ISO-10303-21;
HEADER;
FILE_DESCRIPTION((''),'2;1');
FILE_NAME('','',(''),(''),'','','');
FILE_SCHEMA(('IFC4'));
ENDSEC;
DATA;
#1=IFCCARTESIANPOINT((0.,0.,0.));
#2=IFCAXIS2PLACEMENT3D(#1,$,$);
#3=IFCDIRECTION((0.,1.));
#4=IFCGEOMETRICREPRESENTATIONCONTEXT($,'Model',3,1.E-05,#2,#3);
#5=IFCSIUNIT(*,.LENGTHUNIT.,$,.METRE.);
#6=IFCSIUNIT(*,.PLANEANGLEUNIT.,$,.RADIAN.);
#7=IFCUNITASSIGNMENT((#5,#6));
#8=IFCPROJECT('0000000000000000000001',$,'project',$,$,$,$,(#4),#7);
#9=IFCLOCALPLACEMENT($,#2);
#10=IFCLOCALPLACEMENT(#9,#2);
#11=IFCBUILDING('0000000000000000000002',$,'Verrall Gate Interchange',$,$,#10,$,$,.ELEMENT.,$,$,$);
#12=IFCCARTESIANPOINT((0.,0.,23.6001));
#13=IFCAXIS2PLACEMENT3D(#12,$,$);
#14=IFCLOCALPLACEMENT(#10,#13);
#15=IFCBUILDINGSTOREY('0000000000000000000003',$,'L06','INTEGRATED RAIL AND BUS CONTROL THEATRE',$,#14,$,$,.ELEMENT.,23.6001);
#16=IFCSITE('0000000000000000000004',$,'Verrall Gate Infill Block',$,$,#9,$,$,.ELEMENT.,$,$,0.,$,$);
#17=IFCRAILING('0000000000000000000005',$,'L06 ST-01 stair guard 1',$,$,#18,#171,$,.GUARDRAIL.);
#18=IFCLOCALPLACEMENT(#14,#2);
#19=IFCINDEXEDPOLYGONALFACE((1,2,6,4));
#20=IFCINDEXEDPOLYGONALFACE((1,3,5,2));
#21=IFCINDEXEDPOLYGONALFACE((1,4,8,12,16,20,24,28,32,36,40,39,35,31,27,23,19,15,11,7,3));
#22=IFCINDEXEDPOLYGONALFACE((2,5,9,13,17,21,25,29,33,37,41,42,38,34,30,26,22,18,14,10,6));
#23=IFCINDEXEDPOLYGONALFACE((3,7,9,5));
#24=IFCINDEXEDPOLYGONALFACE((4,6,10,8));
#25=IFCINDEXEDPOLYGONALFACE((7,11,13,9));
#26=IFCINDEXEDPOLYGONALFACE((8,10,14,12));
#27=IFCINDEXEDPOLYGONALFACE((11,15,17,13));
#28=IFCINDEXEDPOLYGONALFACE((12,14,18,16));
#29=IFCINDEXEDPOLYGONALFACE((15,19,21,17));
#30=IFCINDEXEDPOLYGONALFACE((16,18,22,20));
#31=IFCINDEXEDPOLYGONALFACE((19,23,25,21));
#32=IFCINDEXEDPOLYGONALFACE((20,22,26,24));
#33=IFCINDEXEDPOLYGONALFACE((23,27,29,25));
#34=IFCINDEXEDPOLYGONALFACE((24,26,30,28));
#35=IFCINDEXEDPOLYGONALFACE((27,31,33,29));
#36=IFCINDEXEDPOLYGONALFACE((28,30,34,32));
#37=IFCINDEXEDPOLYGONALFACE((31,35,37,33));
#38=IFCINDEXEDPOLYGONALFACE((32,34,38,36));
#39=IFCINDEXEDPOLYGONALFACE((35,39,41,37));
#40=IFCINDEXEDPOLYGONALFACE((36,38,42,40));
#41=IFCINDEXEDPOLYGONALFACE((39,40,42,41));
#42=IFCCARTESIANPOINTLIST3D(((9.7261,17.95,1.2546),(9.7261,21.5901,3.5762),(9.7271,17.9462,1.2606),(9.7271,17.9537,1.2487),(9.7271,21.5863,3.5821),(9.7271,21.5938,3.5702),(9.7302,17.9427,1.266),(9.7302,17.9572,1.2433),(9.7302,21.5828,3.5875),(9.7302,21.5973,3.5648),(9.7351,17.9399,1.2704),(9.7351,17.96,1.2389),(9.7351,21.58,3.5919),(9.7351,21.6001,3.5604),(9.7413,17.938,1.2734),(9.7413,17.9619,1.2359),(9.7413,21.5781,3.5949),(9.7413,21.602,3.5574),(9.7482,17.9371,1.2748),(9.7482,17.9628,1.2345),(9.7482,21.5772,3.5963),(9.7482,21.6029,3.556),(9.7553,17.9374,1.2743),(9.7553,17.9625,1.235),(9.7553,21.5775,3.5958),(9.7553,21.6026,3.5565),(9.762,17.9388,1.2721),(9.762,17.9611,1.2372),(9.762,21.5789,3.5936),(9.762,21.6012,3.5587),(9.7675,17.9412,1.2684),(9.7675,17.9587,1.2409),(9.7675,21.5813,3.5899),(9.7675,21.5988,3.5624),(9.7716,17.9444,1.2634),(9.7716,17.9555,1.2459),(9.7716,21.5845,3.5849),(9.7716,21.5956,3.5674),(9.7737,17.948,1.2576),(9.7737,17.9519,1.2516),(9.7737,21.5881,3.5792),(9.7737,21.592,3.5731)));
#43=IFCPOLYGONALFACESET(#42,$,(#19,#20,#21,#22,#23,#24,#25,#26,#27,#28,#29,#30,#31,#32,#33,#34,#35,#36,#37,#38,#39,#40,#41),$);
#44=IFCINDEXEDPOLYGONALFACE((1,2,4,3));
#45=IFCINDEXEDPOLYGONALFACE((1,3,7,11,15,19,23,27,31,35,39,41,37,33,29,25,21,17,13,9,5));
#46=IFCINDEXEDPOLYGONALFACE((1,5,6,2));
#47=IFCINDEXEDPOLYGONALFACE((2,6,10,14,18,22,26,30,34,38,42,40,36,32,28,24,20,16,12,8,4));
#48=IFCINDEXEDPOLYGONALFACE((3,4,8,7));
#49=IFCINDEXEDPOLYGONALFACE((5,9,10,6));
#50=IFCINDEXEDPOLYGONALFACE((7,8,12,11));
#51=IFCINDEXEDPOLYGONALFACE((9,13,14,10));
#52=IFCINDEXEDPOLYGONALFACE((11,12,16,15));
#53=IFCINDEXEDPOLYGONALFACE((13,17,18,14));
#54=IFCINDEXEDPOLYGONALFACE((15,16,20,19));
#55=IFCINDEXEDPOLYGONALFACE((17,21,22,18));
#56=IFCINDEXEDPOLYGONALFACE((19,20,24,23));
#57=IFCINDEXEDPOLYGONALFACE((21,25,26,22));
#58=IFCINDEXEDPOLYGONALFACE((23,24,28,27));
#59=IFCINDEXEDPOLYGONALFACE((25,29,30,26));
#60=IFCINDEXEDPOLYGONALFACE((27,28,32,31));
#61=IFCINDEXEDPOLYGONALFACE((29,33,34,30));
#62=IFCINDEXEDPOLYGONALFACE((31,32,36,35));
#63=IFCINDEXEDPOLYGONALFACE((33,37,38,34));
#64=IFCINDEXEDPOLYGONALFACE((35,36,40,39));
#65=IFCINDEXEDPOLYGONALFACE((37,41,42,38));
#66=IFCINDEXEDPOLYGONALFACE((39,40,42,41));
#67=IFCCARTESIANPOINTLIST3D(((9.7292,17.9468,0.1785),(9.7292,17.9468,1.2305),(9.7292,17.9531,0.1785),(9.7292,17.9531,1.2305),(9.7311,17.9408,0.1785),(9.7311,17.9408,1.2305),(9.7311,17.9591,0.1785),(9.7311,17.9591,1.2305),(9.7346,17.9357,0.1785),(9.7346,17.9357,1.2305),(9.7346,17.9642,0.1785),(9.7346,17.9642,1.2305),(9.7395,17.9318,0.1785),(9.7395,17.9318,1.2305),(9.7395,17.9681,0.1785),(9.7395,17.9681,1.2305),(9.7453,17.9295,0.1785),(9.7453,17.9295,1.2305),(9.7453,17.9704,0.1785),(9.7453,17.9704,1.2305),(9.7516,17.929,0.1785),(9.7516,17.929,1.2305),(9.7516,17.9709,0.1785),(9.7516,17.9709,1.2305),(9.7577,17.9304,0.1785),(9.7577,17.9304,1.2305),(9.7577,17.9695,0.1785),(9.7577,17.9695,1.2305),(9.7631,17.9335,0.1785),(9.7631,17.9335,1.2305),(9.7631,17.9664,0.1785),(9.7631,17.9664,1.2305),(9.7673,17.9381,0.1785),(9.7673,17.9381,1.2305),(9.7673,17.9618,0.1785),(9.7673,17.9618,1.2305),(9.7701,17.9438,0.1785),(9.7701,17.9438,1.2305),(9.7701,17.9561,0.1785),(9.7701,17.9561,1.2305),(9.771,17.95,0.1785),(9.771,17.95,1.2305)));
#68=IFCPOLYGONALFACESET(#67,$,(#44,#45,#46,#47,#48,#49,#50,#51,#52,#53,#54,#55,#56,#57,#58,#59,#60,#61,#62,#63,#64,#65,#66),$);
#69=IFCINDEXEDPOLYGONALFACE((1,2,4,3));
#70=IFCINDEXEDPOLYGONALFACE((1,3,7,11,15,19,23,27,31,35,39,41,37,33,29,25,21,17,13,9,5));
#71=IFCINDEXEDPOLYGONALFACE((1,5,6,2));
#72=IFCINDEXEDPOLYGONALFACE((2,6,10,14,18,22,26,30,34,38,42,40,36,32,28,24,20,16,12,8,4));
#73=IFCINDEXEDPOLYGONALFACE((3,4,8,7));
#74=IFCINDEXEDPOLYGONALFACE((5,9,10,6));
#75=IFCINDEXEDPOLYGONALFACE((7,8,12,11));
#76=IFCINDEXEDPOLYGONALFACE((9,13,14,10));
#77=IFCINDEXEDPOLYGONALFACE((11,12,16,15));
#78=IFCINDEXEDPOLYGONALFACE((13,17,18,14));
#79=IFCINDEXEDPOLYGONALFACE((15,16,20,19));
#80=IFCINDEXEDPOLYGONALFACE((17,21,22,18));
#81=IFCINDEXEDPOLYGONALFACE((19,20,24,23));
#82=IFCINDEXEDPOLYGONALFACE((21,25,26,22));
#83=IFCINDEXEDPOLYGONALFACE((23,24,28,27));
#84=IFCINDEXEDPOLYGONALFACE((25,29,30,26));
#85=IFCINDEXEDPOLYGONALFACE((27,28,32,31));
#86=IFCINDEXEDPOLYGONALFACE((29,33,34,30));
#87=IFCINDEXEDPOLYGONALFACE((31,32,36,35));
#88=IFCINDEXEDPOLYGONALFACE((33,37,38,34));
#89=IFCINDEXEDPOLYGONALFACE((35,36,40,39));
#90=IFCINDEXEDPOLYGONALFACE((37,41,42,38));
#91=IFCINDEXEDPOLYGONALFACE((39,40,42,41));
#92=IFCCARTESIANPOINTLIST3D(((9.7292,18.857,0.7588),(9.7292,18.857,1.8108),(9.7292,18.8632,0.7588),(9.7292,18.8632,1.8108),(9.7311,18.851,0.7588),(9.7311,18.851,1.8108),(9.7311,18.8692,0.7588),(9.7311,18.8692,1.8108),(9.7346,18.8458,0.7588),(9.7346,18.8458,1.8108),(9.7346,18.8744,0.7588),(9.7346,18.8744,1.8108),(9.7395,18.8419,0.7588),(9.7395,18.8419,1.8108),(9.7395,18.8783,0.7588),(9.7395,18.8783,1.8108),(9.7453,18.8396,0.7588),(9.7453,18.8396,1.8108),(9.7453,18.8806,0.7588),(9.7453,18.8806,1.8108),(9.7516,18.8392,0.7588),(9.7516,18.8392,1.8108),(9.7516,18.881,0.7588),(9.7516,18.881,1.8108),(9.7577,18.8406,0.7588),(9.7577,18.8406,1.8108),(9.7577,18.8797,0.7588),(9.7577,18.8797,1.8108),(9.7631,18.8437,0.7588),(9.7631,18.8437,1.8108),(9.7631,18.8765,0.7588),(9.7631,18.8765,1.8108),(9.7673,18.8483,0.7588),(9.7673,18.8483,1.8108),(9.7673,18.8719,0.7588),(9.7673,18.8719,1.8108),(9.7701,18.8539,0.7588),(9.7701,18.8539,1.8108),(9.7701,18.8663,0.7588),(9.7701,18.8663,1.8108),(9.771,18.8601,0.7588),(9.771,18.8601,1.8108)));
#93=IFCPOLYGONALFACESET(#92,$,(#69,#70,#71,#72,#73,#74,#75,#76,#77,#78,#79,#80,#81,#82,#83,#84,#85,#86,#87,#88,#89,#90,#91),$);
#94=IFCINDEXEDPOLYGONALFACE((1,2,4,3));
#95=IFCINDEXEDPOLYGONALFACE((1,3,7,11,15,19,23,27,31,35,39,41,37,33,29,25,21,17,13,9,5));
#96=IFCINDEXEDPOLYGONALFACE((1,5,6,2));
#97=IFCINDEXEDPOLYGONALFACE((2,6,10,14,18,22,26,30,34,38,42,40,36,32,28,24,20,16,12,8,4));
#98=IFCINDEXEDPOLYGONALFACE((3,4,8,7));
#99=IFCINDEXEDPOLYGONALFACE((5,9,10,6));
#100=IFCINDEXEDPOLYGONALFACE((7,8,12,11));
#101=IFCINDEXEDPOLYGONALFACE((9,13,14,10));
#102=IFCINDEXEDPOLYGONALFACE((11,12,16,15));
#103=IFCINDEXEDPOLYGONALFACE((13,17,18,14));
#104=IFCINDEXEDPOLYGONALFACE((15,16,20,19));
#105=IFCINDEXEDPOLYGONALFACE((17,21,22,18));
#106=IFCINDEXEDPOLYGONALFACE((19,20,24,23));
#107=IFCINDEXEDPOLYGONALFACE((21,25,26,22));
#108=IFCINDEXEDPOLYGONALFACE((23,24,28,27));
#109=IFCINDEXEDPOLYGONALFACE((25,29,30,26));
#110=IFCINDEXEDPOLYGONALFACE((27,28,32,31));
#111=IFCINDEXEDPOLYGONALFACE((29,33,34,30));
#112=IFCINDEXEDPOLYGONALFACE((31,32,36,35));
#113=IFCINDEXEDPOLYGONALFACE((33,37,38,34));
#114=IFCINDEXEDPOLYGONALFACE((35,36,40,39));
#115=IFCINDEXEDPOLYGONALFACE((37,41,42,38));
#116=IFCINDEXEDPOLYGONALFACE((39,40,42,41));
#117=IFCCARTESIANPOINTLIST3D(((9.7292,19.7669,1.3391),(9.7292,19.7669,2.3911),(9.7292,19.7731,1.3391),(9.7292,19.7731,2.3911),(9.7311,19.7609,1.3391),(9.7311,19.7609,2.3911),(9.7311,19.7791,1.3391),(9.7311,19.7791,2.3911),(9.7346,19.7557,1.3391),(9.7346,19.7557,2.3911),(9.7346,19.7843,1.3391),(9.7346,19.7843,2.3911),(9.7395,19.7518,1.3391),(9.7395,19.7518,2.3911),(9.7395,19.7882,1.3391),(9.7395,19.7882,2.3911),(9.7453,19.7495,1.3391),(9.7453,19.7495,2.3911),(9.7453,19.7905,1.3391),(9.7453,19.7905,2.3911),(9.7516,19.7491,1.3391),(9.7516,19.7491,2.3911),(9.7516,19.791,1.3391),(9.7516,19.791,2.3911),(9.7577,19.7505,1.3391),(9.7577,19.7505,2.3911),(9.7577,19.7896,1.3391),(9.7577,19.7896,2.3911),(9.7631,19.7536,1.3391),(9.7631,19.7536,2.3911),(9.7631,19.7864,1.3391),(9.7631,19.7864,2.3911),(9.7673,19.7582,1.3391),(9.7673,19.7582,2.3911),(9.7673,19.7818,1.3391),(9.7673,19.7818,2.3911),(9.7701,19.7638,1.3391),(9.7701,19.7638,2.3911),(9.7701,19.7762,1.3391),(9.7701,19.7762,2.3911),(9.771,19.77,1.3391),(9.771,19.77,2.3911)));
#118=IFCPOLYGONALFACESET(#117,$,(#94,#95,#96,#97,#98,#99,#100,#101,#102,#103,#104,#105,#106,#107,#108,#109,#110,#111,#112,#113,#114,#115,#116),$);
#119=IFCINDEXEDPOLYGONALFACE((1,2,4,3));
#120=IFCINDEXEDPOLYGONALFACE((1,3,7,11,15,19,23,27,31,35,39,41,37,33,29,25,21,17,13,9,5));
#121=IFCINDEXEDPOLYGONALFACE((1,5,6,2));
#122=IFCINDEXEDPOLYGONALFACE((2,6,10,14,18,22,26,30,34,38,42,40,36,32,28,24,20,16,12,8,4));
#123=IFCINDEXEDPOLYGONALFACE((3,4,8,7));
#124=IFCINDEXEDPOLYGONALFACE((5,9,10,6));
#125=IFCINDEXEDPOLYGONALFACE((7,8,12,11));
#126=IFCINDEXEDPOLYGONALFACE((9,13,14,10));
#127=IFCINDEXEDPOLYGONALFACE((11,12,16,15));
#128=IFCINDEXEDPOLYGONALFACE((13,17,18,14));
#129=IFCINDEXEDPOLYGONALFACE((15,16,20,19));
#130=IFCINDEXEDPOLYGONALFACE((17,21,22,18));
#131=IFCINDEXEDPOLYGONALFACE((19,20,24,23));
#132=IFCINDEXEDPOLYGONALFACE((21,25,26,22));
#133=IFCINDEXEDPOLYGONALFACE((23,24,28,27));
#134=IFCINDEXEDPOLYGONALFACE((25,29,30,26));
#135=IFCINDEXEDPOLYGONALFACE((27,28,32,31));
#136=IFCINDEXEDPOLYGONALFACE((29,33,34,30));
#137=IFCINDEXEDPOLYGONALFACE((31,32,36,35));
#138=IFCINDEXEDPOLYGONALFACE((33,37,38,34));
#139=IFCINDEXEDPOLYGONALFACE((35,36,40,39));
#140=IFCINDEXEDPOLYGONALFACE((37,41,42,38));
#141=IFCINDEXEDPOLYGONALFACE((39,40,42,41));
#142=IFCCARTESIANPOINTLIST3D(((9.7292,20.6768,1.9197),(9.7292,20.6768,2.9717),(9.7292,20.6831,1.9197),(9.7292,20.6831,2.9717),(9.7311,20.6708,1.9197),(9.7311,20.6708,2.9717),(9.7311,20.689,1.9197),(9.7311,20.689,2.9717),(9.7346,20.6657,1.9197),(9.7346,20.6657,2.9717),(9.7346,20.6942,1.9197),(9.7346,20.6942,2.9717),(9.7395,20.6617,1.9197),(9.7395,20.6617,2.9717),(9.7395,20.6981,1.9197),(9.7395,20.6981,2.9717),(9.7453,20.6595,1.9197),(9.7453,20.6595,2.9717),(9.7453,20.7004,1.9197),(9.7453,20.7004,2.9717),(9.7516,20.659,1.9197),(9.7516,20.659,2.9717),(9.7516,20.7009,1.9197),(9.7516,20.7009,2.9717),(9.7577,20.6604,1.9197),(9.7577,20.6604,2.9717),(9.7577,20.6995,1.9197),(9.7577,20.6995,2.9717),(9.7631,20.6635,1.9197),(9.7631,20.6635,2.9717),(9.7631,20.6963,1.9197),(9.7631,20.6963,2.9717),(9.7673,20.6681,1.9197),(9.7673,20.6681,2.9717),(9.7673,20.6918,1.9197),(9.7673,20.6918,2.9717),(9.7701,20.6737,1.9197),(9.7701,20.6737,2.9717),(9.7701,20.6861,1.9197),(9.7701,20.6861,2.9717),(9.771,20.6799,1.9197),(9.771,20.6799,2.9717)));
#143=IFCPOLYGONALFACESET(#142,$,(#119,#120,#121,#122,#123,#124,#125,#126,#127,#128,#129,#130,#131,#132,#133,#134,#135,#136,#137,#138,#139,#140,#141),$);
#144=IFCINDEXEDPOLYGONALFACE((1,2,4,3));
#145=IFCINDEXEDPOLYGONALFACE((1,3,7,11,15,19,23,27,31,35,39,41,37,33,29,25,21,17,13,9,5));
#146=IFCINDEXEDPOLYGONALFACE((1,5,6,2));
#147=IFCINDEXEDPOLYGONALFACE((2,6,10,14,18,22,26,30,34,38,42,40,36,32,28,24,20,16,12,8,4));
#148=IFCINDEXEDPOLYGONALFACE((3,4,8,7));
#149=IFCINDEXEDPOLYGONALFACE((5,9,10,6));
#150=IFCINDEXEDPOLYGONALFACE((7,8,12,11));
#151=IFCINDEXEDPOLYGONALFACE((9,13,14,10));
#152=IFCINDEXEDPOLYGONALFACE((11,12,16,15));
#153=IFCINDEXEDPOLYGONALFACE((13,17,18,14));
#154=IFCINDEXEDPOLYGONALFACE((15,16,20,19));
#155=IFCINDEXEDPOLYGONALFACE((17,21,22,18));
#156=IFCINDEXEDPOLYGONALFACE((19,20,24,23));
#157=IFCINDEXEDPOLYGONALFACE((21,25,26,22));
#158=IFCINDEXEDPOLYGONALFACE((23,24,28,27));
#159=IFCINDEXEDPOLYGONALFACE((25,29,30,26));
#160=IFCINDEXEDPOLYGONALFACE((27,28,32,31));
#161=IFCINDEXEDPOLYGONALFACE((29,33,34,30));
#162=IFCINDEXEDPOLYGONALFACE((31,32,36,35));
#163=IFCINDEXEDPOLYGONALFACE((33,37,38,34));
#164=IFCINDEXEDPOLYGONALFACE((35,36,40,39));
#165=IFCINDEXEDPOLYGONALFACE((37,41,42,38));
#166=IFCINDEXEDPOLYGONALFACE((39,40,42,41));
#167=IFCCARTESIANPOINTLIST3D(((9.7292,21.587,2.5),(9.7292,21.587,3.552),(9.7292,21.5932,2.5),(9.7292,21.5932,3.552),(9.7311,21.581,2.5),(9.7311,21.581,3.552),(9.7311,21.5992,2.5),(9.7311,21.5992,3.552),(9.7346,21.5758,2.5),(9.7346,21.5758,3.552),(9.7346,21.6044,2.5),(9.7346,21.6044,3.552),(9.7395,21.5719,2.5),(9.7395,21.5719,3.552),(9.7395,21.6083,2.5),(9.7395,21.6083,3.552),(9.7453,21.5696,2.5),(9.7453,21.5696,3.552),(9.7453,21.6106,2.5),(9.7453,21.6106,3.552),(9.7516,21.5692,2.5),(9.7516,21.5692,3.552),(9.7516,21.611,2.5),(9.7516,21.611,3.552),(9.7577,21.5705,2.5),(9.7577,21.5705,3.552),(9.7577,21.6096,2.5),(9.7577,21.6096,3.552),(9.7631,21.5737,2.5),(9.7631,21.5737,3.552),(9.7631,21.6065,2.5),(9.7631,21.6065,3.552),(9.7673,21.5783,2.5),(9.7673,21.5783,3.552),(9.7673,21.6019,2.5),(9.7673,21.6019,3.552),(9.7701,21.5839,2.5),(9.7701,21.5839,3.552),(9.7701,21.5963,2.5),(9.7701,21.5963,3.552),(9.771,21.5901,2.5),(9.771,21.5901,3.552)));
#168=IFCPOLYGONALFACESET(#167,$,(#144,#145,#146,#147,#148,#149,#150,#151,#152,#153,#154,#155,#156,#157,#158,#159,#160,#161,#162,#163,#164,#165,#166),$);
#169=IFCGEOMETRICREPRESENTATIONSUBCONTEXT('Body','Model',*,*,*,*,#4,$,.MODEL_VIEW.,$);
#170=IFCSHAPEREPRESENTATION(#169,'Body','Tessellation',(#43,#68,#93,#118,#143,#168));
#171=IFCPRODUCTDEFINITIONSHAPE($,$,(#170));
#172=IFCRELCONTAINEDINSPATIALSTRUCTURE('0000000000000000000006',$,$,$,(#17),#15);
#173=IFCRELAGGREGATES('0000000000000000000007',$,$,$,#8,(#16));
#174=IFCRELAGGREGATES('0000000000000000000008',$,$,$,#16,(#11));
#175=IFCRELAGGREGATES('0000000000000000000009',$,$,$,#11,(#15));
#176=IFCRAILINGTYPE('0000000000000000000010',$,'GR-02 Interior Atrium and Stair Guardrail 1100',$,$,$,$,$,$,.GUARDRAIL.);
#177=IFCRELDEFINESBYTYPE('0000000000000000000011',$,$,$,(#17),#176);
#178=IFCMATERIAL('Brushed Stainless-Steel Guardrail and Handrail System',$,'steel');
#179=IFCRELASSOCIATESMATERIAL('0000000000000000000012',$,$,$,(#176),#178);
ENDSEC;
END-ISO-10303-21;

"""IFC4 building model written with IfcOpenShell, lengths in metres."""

from ifc_helpers import new_model, si_unit, direction, frame, origin, origin_2d, place, context, subcontext, project, spatial, circle, extrude, material, type_object, element, save


model = new_model("IFC4")

# Units and contexts
model_context = context("Model", 3, precision=1e-05, world=origin(), true_north=direction((0.0, 1.0)))
body_context = subcontext(model_context, "Body", "Model", "MODEL_VIEW")
ifc_project = project(units=[si_unit("LENGTHUNIT", "METRE"), si_unit("PLANEANGLEUNIT", "RADIAN")], contexts=[model_context])

# Site, building, storey
site_placement = place(None, origin())
site = spatial("IfcSite", under=ifc_project, at=site_placement, Name="Verrall Gate Infill Block", CompositionType="ELEMENT", RefElevation=0.0)
building_placement = place(site_placement, origin())
building = spatial("IfcBuilding", under=site, at=building_placement, Name="Verrall Gate Interchange", CompositionType="ELEMENT")
storey_placement = place(building_placement, frame((0.0, 0.0, 23.6001)))
storey = spatial("IfcBuildingStorey", under=building, at=storey_placement, Name="L06", Description="INTEGRATED RAIL AND BUS CONTROL THEATRE", CompositionType="ELEMENT", Elevation=23.6001)

# Railing
ifc_material_1 = material(Name="Brushed Stainless-Steel Guardrail and Handrail System", Category="steel")
railing_type_1 = type_object("IfcRailingType", Name="GR-02 Interior Atrium and Stair Guardrail 1100", PredefinedType="GUARDRAIL", material=ifc_material_1)
railing_1_placement = place(storey_placement, frame((9.75, 17.95, 0.1785)))
element("IfcRailing", 1, at=railing_1_placement, inside=storey, type_object=railing_type_1, Name="L06 ST-01 stair guard 1", PredefinedType="GUARDRAIL", context=body_context, shape_type="SweptSolid", body=[
    extrude(circle(Radius=0.0239, at=origin_2d()), frame((0.0, 0.0, 1.0762), z_axis=(0.0, 0.843128, 0.537713), x_axis=(-1.0, 0.0, 0.0)), (0.0, 0.0, 1.0), 4.3174),
    extrude(circle(Radius=0.021, at=origin_2d()), origin(), (0.0, 0.0, 1.0), 1.052),
    extrude(circle(Radius=0.021, at=origin_2d()), frame((0.0, 0.9102, 0.5803)), (0.0, 0.0, 1.0), 1.052),
    extrude(circle(Radius=0.021, at=origin_2d()), frame((0.0, 1.8201, 1.1606)), (0.0, 0.0, 1.0), 1.052),
    extrude(circle(Radius=0.021, at=origin_2d()), frame((0.0, 2.73, 1.7412)), (0.0, 0.0, 1.0), 1.052),
    extrude(circle(Radius=0.021, at=origin_2d()), frame((0.0, 3.6401, 2.3215)), (0.0, 0.0, 1.0), 1.052),
])

save(model, "model.ifc")
